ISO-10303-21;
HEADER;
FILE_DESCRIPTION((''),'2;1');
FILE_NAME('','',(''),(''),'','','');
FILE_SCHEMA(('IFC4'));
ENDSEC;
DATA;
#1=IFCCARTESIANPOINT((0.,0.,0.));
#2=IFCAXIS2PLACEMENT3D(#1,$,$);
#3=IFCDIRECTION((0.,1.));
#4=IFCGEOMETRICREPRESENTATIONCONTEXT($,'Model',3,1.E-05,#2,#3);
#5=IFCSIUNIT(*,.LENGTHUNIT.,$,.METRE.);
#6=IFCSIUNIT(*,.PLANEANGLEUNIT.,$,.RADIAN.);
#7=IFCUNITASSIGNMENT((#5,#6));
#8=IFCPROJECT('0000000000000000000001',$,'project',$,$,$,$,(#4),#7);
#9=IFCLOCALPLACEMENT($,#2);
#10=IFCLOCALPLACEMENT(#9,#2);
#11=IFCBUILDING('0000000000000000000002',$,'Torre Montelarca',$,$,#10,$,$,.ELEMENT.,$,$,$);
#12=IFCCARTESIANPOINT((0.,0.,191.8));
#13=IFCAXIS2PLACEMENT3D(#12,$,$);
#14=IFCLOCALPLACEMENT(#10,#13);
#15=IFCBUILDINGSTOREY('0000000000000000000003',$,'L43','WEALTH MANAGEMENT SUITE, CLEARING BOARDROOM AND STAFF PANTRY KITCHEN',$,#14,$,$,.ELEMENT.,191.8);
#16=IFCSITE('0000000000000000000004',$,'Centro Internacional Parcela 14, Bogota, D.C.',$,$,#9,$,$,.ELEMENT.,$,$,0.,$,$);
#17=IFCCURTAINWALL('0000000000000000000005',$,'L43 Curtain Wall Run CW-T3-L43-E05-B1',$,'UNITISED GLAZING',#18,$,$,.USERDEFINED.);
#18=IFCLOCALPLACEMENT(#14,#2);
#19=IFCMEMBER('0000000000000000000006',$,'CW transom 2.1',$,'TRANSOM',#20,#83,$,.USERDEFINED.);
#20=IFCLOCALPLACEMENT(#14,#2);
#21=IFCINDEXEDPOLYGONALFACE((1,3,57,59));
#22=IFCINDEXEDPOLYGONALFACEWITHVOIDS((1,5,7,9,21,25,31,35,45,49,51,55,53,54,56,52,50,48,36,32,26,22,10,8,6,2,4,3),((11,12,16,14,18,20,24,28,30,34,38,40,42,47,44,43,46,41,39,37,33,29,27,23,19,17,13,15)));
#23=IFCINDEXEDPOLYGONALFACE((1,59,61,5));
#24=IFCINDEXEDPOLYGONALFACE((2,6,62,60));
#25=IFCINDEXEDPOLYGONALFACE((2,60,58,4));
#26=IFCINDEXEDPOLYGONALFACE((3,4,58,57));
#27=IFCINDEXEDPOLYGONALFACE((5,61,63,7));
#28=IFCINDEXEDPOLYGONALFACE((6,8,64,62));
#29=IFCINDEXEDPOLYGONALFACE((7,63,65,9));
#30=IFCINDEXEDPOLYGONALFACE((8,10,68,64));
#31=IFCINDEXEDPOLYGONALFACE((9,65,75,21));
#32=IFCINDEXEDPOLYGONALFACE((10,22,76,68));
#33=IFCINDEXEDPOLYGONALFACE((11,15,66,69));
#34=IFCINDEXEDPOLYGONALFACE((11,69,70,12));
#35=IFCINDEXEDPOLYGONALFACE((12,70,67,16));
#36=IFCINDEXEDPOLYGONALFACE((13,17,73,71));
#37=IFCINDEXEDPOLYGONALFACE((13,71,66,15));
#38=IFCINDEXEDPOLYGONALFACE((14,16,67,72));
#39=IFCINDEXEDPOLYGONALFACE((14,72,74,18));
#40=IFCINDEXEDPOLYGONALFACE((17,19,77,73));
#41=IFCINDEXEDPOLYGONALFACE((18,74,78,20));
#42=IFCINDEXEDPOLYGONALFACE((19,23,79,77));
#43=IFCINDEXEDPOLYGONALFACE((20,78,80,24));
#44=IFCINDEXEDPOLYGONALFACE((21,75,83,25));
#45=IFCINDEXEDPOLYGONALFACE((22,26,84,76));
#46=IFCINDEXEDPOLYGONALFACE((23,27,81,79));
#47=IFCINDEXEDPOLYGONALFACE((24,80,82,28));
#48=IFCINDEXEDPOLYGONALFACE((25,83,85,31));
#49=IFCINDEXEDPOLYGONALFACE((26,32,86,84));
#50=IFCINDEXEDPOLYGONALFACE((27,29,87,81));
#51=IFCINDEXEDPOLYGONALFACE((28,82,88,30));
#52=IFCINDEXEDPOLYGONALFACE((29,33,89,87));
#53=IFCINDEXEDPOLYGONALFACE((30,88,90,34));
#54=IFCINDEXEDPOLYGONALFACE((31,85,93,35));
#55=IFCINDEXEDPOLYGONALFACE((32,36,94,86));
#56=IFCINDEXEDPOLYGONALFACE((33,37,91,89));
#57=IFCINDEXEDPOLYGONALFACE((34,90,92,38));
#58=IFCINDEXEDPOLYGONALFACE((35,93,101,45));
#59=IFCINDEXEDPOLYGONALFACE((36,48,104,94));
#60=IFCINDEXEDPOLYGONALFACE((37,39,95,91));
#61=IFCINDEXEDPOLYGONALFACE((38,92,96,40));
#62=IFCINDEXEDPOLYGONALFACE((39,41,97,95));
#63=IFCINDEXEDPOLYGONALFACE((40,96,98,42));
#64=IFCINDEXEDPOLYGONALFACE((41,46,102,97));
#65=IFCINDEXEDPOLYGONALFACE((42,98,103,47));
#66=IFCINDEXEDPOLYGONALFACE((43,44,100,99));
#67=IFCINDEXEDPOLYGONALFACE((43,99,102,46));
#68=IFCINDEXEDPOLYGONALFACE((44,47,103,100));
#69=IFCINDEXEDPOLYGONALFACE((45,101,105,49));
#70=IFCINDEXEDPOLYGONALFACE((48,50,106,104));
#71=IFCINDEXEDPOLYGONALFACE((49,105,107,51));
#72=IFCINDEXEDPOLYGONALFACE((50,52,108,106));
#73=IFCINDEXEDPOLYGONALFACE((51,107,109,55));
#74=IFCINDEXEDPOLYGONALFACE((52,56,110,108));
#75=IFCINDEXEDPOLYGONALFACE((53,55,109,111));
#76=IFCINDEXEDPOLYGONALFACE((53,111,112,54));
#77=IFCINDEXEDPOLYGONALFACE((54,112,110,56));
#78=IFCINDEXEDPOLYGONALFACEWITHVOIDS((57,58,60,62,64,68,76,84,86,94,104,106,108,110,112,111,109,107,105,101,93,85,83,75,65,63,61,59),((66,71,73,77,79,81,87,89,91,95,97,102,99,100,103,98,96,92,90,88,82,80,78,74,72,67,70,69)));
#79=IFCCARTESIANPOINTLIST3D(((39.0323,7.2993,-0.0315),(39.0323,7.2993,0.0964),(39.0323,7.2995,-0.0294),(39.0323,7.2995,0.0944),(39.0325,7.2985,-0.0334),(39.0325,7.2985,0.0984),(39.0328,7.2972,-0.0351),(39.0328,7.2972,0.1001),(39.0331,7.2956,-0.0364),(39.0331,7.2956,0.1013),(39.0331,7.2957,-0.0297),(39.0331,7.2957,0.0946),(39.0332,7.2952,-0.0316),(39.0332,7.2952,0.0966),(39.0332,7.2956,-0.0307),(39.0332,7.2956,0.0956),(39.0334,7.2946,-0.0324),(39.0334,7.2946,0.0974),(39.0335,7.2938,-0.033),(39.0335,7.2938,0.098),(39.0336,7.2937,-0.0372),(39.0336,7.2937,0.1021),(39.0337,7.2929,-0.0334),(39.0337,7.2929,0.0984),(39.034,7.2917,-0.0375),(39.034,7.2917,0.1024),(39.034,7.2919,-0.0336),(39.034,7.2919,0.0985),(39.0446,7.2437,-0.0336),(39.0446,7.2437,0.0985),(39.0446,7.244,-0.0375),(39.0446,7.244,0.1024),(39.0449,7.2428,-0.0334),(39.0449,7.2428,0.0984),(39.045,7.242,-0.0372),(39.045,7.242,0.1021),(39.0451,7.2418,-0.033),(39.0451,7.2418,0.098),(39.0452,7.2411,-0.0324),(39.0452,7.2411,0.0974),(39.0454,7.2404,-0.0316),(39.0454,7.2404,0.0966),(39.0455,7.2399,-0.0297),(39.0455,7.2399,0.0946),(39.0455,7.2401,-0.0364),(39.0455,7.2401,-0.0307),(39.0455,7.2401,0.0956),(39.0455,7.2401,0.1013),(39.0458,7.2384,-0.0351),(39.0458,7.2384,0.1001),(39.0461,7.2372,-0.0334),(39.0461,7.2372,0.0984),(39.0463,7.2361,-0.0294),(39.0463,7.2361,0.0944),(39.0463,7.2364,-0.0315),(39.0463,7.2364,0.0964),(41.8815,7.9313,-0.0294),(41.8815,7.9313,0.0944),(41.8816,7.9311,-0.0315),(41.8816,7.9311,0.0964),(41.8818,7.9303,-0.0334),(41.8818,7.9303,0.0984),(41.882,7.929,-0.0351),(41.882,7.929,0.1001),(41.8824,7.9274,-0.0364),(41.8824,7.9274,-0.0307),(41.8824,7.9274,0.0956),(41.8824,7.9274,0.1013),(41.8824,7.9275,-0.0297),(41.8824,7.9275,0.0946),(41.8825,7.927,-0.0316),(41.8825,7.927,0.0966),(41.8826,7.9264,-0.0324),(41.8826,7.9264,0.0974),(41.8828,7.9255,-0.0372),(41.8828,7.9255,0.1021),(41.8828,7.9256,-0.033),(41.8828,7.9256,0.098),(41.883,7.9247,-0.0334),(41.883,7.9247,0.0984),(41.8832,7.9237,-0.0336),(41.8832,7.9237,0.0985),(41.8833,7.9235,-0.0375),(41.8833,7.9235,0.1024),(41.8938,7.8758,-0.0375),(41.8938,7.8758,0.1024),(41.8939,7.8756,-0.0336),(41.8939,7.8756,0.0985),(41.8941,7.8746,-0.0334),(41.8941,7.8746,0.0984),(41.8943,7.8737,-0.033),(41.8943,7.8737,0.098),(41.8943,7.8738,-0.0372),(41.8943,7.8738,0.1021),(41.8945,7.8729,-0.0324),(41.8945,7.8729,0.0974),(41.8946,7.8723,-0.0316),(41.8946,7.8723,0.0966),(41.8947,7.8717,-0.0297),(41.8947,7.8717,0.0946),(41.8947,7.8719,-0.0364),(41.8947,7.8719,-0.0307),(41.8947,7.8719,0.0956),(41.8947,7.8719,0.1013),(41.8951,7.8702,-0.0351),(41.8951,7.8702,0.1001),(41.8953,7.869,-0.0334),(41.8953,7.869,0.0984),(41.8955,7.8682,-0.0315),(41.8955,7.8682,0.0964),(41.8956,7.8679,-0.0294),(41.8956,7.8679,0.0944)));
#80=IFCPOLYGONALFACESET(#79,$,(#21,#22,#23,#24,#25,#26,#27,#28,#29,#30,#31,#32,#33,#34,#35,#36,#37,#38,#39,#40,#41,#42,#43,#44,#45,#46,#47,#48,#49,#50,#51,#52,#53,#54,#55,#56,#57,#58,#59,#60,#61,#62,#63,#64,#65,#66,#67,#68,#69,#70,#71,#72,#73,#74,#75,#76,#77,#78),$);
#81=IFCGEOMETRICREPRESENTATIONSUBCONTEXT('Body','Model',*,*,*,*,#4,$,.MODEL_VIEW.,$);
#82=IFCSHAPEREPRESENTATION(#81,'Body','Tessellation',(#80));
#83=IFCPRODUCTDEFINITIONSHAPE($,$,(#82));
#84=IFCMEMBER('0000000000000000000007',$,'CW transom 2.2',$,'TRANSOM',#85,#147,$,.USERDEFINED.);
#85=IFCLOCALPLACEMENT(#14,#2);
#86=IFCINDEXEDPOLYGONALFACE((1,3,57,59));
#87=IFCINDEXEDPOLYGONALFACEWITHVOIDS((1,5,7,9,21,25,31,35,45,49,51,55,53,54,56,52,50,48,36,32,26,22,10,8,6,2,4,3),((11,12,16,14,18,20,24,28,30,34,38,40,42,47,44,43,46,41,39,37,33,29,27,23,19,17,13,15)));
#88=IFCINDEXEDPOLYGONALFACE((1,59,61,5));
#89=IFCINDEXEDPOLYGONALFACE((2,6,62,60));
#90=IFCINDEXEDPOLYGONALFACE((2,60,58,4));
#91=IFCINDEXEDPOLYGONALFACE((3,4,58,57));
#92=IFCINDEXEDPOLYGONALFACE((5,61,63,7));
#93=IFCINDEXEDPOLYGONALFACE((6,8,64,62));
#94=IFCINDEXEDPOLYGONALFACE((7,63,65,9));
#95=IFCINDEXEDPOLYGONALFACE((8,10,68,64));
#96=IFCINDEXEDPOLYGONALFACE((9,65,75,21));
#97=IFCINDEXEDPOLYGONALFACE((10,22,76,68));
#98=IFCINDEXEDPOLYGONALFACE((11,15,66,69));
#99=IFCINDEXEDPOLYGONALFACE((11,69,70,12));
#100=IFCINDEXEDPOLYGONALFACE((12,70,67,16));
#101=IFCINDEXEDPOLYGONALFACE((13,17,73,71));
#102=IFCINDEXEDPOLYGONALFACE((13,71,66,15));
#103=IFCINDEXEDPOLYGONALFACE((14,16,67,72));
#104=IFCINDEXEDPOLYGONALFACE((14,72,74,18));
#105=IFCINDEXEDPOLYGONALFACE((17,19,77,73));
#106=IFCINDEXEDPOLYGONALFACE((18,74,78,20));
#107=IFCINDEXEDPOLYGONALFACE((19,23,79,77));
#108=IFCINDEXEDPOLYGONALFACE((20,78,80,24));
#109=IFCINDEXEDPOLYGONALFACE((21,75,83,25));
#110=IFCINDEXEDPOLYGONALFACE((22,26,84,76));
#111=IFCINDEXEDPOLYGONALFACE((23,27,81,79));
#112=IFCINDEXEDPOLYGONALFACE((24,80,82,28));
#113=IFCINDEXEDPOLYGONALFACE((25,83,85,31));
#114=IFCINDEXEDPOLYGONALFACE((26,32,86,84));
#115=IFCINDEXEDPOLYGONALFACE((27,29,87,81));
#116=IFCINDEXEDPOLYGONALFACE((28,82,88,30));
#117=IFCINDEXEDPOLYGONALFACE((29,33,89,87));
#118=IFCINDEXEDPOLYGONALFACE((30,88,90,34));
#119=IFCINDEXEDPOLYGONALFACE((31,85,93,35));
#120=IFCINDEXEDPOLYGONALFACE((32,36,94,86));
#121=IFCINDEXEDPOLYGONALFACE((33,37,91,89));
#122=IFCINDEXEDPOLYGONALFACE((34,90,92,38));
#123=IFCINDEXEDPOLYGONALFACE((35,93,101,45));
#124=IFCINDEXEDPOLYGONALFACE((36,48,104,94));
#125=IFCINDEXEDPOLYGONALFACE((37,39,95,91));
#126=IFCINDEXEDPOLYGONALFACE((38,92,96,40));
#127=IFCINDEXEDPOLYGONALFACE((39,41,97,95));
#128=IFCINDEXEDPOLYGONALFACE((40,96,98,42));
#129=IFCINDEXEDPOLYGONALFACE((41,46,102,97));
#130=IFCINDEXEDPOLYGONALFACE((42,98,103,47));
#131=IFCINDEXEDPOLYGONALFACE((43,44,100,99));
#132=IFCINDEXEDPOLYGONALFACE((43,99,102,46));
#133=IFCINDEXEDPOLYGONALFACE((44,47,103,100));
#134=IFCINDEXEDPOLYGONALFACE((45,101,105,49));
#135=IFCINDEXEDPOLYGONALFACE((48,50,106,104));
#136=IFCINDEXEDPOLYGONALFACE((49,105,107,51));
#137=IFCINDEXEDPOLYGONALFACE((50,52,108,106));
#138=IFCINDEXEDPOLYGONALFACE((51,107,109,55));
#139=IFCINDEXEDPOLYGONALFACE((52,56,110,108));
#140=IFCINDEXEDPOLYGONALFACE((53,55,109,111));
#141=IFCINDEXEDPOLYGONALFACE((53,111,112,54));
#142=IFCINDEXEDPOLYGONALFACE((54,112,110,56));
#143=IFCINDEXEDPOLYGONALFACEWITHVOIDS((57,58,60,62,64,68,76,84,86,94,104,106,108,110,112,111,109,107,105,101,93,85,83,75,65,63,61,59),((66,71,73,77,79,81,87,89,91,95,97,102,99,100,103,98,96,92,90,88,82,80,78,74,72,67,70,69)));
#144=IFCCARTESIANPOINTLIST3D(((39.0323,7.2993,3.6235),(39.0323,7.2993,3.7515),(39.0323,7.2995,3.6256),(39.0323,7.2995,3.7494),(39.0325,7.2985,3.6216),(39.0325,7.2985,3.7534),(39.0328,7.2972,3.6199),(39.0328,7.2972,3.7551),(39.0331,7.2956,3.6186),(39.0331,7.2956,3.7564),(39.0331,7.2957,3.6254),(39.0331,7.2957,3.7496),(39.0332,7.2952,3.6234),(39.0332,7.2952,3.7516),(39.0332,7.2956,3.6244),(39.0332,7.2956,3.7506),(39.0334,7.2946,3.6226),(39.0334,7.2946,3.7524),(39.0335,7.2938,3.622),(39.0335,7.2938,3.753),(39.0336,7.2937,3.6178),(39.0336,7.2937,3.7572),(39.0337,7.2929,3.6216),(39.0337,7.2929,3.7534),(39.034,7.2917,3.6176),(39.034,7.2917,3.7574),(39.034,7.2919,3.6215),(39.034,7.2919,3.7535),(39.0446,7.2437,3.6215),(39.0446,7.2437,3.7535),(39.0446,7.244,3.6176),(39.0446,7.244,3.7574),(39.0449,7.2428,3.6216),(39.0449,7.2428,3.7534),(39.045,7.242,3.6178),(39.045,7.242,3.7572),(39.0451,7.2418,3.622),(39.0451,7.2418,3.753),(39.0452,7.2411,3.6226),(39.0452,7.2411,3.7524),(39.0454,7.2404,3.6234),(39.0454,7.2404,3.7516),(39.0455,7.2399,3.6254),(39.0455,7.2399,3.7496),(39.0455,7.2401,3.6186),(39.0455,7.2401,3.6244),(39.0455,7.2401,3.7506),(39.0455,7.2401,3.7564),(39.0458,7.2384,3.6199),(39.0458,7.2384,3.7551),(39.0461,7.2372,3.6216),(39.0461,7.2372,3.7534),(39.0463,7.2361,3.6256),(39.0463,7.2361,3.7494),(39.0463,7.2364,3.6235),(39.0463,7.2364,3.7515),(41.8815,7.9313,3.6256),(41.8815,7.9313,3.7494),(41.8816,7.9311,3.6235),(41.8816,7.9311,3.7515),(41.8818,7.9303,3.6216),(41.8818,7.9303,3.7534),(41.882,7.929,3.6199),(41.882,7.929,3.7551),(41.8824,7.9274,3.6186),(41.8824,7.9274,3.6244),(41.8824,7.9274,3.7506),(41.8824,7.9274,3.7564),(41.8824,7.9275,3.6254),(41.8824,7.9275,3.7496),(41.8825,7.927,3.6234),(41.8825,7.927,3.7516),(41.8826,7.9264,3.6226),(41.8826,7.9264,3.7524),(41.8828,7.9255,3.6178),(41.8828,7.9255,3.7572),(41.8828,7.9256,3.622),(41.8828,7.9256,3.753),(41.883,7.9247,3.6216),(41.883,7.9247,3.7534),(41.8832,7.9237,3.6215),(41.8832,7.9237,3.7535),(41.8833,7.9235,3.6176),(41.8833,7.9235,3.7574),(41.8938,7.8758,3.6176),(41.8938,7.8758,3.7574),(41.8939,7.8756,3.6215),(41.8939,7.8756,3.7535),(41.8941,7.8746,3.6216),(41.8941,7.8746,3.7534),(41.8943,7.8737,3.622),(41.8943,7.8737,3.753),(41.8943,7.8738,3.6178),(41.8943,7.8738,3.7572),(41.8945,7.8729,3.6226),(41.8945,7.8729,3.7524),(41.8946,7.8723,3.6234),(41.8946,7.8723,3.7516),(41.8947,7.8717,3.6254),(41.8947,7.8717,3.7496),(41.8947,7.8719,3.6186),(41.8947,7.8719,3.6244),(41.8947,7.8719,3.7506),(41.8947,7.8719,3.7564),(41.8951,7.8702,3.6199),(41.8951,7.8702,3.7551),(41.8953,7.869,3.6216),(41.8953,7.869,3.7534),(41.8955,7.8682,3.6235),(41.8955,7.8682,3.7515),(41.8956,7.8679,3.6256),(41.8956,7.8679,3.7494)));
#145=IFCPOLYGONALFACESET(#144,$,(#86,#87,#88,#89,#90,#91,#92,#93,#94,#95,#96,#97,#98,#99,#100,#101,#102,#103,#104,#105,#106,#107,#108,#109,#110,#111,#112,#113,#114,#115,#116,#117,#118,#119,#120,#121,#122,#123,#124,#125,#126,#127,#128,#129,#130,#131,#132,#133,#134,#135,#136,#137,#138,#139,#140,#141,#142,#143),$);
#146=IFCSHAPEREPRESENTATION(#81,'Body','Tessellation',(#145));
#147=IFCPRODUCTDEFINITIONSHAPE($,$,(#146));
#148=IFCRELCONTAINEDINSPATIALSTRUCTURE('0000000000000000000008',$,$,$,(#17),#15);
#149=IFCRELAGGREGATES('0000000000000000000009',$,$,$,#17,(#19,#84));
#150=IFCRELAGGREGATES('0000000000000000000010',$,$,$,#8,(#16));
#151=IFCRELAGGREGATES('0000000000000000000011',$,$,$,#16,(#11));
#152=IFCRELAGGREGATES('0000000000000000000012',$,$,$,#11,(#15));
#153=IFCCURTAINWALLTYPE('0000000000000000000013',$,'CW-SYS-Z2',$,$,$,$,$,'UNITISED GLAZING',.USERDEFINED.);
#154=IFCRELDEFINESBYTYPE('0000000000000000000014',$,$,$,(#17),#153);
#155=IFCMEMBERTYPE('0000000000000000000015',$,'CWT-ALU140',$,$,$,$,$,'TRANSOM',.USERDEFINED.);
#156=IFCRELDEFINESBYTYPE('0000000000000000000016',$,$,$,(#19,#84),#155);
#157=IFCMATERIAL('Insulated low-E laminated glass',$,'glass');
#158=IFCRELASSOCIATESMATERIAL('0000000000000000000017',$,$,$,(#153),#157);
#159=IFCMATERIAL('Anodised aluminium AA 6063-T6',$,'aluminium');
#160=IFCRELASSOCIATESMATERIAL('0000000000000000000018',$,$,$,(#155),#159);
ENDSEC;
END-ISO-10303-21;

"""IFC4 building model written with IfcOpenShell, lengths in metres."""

from ifc_helpers import new_model, si_unit, direction, frame, origin, origin_2d, place, context, subcontext, project, spatial, hollow_rectangle, extrude, source, transform, mapped, material, material_profile, profile_set, type_object, element, aggregate, save


model = new_model("IFC4")

# Units and contexts
model_context = context("Model", 3, precision=1e-05, world=origin(), true_north=direction((0.0, 1.0)))
body_context = subcontext(model_context, "Body", "Model", "MODEL_VIEW")
ifc_project = project(units=[si_unit("LENGTHUNIT", "METRE"), si_unit("PLANEANGLEUNIT", "RADIAN")], contexts=[model_context])

# Site, building, storey
site_placement = place(None, origin())
site = spatial("IfcSite", under=ifc_project, at=site_placement, Name="Centro Internacional Parcela 14, Bogota, D.C.", CompositionType="ELEMENT", RefElevation=0.0)
building_placement = place(site_placement, origin())
building = spatial("IfcBuilding", under=site, at=building_placement, Name="Torre Montelarca", CompositionType="ELEMENT")
storey_placement = place(building_placement, frame((0.0, 0.0, 191.8)))
storey = spatial("IfcBuildingStorey", under=building, at=storey_placement, Name="L43", Description="WEALTH MANAGEMENT SUITE, CLEARING BOARDROOM AND STAFF PANTRY KITCHEN", CompositionType="ELEMENT", Elevation=191.8)

# Curtain wall
ifc_material_1 = material(Name="Insulated low-E laminated glass", Category="glass")
curtain_wall_type = type_object("IfcCurtainWallType", Name="CW-SYS-Z2", ElementType="UNITISED GLAZING", PredefinedType="USERDEFINED", material=ifc_material_1)
curtain_wall_1_placement = place(storey_placement, origin())
curtain_wall_1 = element("IfcCurtainWall", 1, at=curtain_wall_1_placement, inside=storey, type_object=curtain_wall_type, Name="L43 Curtain Wall Run CW-T3-L43-E05-B1", ObjectType="UNITISED GLAZING", PredefinedType="USERDEFINED")
ifc_material_2 = material(Name="Anodised aluminium AA 6063-T6", Category="aluminium")
ifc_material_profile_1 = material_profile(ifc_material_2, hollow_rectangle(XDim=0.0649, YDim=0.1399, WallThickness=0.0039, InnerFilletRadius=0.0039, OuterFilletRadius=0.0081, at=origin_2d()), Name="ALU65X140X4", Category="aluminium")
ifc_profile_set_1 = profile_set([ifc_material_profile_1], Name="Anodised aluminium AA 6063-T6")
member_type_1 = type_object("IfcMemberType", Name="CWT-ALU140", ElementType="TRANSOM", PredefinedType="USERDEFINED", material=ifc_profile_set_1)

# Members
shared_shape_1 = source(origin(), body_context, "Body", "SweptSolid", [
    extrude(hollow_rectangle(XDim=0.0649, YDim=0.1399, WallThickness=0.0039, InnerFilletRadius=0.0039, OuterFilletRadius=0.0081, at=origin_2d()), origin(), (0.0, 0.0, 1.0), 2.9185),
])
member_1_placement = place(storey_placement, frame((39.0393, 7.2678, 0.0325), z_axis=(0.976285, 0.216488, 0.0), x_axis=(-0.216488, 0.976285, 0.0)))
member_1 = element("IfcMember", 2, at=member_1_placement, type_object=member_type_1, Name="CW transom 2.1", ObjectType="TRANSOM", PredefinedType="USERDEFINED", context=body_context, shape_type="MappedRepresentation", body=[
    mapped(shared_shape_1, transform((0.0, 0.0, 0.0), scale=1.0)),
])
member_2_placement = place(storey_placement, frame((39.0393, 7.2678, 3.6875), z_axis=(0.976285, 0.216488, 0.0), x_axis=(-0.216488, 0.976285, 0.0)))
member_2 = element("IfcMember", 3, at=member_2_placement, type_object=member_type_1, Name="CW transom 2.2", ObjectType="TRANSOM", PredefinedType="USERDEFINED", context=body_context, shape_type="MappedRepresentation", body=[
    mapped(shared_shape_1, transform((0.0, 0.0, 0.0), scale=1.0)),
])

aggregate(curtain_wall_1, [member_1, member_2])

save(model, "model.ifc")
